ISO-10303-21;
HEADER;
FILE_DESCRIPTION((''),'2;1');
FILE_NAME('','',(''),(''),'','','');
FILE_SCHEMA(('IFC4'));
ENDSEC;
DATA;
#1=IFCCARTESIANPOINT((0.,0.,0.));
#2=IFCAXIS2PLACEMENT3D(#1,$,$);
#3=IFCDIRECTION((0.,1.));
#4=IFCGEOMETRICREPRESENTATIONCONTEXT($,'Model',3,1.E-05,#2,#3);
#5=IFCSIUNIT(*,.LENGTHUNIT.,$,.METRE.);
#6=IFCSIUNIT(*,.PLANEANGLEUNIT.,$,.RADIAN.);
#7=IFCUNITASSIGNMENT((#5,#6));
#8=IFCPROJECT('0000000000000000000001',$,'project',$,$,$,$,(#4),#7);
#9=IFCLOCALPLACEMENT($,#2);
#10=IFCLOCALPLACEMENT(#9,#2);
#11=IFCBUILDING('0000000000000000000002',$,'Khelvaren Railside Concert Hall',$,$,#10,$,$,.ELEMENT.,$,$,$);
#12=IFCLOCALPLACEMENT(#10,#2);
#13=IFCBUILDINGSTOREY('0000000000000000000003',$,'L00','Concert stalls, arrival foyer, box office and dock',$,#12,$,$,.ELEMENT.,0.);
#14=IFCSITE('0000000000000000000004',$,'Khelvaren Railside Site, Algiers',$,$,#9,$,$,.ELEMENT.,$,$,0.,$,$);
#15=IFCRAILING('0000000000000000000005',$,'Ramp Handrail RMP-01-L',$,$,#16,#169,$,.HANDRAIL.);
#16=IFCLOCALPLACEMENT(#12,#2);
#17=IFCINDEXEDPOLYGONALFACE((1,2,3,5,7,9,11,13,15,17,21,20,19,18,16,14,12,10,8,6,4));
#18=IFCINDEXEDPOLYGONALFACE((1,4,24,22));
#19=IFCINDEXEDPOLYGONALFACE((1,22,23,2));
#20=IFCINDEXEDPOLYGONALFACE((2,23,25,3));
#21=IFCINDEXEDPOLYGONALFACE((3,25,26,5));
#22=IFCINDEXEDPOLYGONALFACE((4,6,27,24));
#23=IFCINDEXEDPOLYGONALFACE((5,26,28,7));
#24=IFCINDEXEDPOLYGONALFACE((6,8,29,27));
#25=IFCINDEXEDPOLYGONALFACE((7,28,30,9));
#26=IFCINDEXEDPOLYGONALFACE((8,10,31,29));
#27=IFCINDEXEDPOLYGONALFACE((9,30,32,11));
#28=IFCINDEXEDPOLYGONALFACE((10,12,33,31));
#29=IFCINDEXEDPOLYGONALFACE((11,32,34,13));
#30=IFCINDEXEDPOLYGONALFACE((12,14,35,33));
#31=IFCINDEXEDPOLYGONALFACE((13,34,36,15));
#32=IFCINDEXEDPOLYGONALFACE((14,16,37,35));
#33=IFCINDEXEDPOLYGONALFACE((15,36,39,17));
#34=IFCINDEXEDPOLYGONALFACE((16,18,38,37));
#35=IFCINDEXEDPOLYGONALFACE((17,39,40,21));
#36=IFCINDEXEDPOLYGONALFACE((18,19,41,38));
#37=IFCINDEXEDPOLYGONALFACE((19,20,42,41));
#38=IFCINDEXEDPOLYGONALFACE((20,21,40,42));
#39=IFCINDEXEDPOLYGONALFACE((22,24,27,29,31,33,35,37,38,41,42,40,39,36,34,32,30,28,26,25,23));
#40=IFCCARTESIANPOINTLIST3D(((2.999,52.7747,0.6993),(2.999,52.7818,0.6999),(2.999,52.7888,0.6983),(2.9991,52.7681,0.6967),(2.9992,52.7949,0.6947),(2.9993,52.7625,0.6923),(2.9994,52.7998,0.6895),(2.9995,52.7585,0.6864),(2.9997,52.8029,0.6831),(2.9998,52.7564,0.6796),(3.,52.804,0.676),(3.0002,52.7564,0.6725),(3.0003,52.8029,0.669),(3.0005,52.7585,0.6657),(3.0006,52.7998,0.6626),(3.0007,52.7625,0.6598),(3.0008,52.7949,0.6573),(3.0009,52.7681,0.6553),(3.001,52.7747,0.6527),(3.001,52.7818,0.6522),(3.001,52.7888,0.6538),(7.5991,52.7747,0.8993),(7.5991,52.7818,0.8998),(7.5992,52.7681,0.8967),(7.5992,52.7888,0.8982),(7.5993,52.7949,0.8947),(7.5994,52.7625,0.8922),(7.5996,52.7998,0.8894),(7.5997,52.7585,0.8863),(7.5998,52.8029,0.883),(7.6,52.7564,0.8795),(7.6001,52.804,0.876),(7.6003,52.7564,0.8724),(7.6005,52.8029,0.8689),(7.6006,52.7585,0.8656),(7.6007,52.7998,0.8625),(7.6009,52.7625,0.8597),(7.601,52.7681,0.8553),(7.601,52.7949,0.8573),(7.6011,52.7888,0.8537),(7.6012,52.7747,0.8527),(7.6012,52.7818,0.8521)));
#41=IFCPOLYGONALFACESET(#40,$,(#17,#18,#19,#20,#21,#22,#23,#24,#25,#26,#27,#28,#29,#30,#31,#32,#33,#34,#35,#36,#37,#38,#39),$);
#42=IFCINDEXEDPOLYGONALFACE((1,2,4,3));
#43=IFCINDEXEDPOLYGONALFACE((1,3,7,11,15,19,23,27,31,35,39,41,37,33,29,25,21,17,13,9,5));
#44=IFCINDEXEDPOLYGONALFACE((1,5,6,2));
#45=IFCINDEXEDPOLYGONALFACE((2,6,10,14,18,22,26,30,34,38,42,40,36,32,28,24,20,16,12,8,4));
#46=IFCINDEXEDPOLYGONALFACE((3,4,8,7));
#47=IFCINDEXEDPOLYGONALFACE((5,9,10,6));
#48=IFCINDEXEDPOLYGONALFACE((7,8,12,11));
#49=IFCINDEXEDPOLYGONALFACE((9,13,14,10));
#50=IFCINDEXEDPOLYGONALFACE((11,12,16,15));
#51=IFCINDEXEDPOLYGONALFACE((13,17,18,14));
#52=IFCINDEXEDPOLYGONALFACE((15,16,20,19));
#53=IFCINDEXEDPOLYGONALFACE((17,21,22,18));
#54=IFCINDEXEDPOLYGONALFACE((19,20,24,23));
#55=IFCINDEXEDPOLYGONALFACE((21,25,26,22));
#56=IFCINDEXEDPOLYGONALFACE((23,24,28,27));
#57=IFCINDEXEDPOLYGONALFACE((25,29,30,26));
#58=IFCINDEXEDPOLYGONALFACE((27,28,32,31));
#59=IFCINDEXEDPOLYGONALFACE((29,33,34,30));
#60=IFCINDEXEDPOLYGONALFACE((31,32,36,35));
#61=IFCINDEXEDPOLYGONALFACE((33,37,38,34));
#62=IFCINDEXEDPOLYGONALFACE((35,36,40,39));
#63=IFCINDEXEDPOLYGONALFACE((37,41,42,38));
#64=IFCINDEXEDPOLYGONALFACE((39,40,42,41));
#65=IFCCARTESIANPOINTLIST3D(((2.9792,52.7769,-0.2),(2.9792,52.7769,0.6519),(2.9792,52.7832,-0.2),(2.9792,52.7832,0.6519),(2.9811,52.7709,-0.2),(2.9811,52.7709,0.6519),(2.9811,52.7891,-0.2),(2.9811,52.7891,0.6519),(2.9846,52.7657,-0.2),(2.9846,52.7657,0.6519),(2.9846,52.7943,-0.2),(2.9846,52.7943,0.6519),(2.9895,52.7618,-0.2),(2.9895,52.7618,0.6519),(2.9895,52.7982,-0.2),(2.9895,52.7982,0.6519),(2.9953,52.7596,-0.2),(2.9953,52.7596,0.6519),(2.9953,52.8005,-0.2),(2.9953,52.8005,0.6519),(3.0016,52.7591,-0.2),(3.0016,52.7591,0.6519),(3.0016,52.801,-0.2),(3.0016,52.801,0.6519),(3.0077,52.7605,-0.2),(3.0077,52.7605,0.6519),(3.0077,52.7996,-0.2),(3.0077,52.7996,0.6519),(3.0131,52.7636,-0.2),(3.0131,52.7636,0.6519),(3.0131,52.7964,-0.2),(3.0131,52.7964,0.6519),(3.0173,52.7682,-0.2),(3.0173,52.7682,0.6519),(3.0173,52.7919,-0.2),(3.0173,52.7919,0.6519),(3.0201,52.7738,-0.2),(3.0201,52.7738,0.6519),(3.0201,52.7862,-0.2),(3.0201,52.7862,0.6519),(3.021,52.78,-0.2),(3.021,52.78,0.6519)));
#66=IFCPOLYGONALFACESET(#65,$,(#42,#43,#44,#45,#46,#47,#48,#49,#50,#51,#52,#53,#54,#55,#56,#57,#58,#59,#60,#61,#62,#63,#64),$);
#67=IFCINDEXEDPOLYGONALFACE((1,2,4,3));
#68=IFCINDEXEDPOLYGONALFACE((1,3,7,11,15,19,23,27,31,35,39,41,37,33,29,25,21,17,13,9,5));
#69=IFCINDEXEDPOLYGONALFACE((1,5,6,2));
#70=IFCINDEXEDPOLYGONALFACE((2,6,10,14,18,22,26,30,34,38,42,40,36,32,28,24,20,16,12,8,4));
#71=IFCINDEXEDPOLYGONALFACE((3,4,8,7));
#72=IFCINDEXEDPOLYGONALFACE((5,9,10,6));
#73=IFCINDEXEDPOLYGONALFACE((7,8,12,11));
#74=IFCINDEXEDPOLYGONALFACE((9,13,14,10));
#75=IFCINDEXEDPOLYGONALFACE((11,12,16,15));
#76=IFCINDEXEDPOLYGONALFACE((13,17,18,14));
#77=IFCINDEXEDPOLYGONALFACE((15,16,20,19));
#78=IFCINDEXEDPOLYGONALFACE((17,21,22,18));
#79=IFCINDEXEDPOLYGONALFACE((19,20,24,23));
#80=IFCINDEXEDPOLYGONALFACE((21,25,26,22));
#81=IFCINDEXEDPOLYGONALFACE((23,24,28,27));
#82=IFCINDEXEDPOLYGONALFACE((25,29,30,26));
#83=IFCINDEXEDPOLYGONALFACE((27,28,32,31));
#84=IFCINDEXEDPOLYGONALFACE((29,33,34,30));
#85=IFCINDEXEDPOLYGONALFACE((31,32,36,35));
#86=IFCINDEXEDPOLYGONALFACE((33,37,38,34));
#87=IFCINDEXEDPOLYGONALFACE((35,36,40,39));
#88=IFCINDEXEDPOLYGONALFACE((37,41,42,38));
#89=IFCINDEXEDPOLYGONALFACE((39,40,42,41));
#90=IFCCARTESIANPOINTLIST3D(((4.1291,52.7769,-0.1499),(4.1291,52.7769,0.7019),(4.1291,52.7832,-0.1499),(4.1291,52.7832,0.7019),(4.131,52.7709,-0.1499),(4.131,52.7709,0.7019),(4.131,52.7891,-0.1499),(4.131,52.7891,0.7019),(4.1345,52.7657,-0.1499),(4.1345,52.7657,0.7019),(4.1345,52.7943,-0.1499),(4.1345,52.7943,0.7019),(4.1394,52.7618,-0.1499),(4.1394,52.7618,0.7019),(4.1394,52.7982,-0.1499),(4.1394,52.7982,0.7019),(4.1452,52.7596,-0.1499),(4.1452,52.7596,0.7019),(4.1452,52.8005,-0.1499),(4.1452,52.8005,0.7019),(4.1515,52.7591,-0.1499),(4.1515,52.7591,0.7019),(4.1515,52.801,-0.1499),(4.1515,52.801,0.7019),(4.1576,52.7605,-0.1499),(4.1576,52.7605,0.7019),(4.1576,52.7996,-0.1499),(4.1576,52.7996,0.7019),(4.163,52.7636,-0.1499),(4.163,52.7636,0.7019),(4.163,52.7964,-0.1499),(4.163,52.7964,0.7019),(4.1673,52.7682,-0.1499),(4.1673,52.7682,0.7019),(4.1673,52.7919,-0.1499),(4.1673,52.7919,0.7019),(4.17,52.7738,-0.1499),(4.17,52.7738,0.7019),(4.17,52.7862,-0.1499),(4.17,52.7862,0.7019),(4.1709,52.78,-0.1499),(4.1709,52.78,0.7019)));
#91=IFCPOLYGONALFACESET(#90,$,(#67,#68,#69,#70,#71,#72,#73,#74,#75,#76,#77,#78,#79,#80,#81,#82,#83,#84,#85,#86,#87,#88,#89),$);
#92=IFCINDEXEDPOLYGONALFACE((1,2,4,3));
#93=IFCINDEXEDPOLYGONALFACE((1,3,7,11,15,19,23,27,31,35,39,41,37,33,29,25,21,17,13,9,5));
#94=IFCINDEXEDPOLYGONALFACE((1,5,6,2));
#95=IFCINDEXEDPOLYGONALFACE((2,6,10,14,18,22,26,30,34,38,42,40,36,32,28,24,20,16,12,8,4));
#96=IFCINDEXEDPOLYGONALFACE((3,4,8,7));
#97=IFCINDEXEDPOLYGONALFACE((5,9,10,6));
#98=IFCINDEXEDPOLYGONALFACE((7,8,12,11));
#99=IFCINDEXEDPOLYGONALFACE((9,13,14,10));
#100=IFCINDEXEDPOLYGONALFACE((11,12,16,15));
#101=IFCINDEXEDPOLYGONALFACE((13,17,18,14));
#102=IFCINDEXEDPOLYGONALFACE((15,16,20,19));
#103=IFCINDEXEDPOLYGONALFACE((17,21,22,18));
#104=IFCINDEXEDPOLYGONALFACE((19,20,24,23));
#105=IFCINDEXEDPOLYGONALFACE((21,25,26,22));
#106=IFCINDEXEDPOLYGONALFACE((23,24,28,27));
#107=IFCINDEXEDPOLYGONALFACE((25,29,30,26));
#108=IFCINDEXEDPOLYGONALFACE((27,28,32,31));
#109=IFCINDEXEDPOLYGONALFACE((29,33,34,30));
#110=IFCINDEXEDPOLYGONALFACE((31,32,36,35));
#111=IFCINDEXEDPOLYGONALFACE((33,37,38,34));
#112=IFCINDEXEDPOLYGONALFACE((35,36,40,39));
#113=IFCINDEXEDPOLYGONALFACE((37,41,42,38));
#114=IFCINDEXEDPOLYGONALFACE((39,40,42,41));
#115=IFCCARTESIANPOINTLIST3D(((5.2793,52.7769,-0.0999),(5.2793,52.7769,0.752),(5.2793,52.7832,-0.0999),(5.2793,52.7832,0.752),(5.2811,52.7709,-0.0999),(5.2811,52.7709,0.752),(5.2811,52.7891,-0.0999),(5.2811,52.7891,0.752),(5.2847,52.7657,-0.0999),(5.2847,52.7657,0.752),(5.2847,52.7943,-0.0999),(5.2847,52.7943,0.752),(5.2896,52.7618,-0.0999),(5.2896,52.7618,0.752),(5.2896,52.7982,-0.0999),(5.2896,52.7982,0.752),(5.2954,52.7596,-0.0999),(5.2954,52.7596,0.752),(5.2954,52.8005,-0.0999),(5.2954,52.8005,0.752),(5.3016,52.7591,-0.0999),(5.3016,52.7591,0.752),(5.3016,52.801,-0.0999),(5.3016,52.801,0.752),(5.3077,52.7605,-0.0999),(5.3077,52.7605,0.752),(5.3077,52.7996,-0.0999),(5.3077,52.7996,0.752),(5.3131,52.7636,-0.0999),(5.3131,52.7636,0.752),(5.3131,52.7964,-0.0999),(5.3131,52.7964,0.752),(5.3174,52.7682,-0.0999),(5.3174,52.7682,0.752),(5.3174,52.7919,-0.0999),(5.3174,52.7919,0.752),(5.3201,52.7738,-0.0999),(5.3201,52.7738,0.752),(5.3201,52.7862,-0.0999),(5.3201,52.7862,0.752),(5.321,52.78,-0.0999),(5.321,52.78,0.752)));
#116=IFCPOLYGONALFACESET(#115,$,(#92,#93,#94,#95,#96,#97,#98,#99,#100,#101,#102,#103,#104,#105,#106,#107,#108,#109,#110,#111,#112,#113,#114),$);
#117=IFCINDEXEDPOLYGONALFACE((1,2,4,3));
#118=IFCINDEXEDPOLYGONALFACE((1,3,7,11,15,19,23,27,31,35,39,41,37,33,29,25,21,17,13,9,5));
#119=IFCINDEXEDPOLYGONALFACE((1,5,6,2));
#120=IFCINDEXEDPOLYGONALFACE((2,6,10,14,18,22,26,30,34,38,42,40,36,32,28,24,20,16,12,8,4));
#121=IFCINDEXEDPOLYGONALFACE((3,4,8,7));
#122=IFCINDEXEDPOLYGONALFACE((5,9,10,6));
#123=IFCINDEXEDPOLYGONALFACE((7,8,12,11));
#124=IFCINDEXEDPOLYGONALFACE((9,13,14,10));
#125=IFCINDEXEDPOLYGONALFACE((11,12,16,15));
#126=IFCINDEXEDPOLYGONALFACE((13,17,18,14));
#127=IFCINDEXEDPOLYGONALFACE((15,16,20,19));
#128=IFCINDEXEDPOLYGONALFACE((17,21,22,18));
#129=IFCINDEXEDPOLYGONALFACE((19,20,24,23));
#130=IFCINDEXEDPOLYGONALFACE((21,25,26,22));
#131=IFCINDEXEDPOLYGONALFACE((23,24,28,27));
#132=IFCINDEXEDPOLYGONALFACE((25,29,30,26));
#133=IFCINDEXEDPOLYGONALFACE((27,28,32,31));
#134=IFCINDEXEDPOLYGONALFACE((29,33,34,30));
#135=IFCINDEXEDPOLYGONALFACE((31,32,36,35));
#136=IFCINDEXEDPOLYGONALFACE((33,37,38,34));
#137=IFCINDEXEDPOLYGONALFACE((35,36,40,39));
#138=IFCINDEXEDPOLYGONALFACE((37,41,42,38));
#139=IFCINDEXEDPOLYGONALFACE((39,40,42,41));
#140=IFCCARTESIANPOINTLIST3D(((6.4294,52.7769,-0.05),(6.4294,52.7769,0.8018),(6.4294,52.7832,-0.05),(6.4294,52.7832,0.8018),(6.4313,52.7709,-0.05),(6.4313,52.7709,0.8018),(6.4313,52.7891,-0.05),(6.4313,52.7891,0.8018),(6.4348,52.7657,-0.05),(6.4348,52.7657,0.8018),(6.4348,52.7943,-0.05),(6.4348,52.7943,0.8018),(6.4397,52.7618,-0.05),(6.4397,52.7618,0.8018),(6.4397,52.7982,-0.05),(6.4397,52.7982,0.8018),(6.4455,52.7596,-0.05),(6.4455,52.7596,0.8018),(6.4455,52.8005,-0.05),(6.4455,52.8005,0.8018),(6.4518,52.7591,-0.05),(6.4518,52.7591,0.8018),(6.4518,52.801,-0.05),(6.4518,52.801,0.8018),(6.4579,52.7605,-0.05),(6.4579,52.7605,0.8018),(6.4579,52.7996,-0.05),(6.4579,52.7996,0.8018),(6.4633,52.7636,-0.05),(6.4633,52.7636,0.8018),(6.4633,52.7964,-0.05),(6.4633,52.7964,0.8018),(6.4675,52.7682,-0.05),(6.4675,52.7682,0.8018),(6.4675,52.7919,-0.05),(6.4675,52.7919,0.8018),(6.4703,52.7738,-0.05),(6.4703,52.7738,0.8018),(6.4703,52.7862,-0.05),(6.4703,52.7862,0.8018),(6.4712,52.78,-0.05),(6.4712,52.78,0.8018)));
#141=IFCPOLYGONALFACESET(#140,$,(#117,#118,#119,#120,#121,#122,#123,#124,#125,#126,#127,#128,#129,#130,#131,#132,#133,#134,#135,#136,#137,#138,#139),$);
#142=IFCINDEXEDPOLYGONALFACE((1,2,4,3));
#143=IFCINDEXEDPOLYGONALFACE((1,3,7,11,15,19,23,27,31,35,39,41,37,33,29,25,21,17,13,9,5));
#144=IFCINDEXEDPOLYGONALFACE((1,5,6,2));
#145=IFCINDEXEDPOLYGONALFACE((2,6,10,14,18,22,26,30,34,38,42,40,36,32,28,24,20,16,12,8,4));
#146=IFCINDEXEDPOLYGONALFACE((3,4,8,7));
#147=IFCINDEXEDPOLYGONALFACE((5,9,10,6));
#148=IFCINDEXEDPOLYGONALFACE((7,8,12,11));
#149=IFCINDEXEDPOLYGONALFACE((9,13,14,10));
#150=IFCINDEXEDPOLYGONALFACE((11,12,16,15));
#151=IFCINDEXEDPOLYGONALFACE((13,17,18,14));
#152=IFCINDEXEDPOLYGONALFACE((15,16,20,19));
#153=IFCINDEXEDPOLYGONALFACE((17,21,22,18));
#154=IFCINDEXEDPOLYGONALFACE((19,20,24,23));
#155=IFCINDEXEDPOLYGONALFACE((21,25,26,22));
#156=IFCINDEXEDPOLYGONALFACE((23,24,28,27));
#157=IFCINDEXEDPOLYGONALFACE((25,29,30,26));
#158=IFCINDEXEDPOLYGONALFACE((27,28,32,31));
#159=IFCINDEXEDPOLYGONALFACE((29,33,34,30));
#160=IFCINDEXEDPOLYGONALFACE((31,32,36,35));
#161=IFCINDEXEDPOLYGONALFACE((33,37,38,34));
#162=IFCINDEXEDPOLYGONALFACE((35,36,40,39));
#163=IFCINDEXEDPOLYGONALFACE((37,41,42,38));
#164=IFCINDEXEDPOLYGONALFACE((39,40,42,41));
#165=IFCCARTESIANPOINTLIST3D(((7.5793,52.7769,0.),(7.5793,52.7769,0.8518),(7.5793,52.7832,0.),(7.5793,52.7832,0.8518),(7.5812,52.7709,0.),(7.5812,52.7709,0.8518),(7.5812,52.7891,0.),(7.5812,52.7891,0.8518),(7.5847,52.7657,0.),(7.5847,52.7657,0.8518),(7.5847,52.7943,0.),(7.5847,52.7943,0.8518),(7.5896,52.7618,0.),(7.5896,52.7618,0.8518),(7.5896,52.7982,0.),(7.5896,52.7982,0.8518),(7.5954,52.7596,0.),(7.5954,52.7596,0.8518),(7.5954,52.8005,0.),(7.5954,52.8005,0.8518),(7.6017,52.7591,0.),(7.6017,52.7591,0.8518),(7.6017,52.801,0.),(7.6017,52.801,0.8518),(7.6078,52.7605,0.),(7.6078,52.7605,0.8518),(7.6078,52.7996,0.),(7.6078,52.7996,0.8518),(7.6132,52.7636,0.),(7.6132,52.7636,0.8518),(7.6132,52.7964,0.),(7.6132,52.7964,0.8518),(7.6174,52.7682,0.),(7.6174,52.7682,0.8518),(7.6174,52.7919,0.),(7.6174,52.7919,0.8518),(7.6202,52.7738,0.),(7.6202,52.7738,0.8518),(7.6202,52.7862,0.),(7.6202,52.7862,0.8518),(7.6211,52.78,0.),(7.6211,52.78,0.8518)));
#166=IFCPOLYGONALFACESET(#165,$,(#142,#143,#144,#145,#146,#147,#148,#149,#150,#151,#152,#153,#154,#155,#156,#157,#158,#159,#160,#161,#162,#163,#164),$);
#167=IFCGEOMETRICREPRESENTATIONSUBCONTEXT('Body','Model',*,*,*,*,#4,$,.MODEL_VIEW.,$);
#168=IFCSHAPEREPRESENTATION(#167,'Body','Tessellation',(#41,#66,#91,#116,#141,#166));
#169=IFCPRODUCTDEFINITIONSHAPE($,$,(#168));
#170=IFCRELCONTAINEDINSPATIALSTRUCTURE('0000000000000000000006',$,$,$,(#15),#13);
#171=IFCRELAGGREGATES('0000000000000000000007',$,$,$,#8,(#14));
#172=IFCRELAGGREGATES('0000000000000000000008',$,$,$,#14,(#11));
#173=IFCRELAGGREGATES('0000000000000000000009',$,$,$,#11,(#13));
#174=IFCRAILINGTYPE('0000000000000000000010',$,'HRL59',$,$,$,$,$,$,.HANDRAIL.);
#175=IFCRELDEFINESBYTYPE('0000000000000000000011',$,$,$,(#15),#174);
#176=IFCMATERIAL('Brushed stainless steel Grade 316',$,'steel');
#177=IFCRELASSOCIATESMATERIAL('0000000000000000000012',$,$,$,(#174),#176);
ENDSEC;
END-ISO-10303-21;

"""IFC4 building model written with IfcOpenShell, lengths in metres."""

from ifc_helpers import new_model, si_unit, direction, frame, origin, origin_2d, place, context, subcontext, project, spatial, circle, extrude, material, type_object, element, save


model = new_model("IFC4")

# Units and contexts
model_context = context("Model", 3, precision=1e-05, world=origin(), true_north=direction((0.0, 1.0)))
body_context = subcontext(model_context, "Body", "Model", "MODEL_VIEW")
ifc_project = project(units=[si_unit("LENGTHUNIT", "METRE"), si_unit("PLANEANGLEUNIT", "RADIAN")], contexts=[model_context])

# Site, building, storey
site_placement = place(None, origin())
site = spatial("IfcSite", under=ifc_project, at=site_placement, Name="Khelvaren Railside Site, Algiers", CompositionType="ELEMENT", RefElevation=0.0)
building_placement = place(site_placement, origin())
building = spatial("IfcBuilding", under=site, at=building_placement, Name="Khelvaren Railside Concert Hall", CompositionType="ELEMENT")
storey_placement = place(building_placement, origin())
storey = spatial("IfcBuildingStorey", under=building, at=storey_placement, Name="L00", Description="Concert stalls, arrival foyer, box office and dock", CompositionType="ELEMENT", Elevation=0.0)

# Railing
ifc_material_1 = material(Name="Brushed stainless steel Grade 316", Category="steel")
railing_type_1 = type_object("IfcRailingType", Name="HRL59", PredefinedType="HANDRAIL", material=ifc_material_1)
for number, where, name in (
    (1, (3.0, 52.78, -0.2), "Ramp Handrail RMP-01-L"),
):
    element("IfcRailing", number, at=place(storey_placement, frame(where)), inside=storey, type_object=railing_type_1, Name=name, PredefinedType="HANDRAIL", context=body_context, shape_type="SweptSolid", body=[
        extrude(circle(Radius=0.0239, at=origin_2d()), frame((0.0, 0.0, 0.876), z_axis=(0.999057, 0.0, 0.043426), x_axis=(0.0, 1.0, 0.0)), (0.0, 0.0, 1.0), 4.6045),
        extrude(circle(Radius=0.021, at=origin_2d()), origin(), (0.0, 0.0, 1.0), 0.8518),
        extrude(circle(Radius=0.021, at=origin_2d()), frame((1.1499, 0.0, 0.05)), (0.0, 0.0, 1.0), 0.8518),
        extrude(circle(Radius=0.021, at=origin_2d()), frame((2.3, 0.0, 0.1001)), (0.0, 0.0, 1.0), 0.8518),
        extrude(circle(Radius=0.021, at=origin_2d()), frame((3.4502, 0.0, 0.1499)), (0.0, 0.0, 1.0), 0.8518),
        extrude(circle(Radius=0.021, at=origin_2d()), frame((4.6001, 0.0, 0.2)), (0.0, 0.0, 1.0), 0.8518),
    ])

save(model, "model.ifc")
